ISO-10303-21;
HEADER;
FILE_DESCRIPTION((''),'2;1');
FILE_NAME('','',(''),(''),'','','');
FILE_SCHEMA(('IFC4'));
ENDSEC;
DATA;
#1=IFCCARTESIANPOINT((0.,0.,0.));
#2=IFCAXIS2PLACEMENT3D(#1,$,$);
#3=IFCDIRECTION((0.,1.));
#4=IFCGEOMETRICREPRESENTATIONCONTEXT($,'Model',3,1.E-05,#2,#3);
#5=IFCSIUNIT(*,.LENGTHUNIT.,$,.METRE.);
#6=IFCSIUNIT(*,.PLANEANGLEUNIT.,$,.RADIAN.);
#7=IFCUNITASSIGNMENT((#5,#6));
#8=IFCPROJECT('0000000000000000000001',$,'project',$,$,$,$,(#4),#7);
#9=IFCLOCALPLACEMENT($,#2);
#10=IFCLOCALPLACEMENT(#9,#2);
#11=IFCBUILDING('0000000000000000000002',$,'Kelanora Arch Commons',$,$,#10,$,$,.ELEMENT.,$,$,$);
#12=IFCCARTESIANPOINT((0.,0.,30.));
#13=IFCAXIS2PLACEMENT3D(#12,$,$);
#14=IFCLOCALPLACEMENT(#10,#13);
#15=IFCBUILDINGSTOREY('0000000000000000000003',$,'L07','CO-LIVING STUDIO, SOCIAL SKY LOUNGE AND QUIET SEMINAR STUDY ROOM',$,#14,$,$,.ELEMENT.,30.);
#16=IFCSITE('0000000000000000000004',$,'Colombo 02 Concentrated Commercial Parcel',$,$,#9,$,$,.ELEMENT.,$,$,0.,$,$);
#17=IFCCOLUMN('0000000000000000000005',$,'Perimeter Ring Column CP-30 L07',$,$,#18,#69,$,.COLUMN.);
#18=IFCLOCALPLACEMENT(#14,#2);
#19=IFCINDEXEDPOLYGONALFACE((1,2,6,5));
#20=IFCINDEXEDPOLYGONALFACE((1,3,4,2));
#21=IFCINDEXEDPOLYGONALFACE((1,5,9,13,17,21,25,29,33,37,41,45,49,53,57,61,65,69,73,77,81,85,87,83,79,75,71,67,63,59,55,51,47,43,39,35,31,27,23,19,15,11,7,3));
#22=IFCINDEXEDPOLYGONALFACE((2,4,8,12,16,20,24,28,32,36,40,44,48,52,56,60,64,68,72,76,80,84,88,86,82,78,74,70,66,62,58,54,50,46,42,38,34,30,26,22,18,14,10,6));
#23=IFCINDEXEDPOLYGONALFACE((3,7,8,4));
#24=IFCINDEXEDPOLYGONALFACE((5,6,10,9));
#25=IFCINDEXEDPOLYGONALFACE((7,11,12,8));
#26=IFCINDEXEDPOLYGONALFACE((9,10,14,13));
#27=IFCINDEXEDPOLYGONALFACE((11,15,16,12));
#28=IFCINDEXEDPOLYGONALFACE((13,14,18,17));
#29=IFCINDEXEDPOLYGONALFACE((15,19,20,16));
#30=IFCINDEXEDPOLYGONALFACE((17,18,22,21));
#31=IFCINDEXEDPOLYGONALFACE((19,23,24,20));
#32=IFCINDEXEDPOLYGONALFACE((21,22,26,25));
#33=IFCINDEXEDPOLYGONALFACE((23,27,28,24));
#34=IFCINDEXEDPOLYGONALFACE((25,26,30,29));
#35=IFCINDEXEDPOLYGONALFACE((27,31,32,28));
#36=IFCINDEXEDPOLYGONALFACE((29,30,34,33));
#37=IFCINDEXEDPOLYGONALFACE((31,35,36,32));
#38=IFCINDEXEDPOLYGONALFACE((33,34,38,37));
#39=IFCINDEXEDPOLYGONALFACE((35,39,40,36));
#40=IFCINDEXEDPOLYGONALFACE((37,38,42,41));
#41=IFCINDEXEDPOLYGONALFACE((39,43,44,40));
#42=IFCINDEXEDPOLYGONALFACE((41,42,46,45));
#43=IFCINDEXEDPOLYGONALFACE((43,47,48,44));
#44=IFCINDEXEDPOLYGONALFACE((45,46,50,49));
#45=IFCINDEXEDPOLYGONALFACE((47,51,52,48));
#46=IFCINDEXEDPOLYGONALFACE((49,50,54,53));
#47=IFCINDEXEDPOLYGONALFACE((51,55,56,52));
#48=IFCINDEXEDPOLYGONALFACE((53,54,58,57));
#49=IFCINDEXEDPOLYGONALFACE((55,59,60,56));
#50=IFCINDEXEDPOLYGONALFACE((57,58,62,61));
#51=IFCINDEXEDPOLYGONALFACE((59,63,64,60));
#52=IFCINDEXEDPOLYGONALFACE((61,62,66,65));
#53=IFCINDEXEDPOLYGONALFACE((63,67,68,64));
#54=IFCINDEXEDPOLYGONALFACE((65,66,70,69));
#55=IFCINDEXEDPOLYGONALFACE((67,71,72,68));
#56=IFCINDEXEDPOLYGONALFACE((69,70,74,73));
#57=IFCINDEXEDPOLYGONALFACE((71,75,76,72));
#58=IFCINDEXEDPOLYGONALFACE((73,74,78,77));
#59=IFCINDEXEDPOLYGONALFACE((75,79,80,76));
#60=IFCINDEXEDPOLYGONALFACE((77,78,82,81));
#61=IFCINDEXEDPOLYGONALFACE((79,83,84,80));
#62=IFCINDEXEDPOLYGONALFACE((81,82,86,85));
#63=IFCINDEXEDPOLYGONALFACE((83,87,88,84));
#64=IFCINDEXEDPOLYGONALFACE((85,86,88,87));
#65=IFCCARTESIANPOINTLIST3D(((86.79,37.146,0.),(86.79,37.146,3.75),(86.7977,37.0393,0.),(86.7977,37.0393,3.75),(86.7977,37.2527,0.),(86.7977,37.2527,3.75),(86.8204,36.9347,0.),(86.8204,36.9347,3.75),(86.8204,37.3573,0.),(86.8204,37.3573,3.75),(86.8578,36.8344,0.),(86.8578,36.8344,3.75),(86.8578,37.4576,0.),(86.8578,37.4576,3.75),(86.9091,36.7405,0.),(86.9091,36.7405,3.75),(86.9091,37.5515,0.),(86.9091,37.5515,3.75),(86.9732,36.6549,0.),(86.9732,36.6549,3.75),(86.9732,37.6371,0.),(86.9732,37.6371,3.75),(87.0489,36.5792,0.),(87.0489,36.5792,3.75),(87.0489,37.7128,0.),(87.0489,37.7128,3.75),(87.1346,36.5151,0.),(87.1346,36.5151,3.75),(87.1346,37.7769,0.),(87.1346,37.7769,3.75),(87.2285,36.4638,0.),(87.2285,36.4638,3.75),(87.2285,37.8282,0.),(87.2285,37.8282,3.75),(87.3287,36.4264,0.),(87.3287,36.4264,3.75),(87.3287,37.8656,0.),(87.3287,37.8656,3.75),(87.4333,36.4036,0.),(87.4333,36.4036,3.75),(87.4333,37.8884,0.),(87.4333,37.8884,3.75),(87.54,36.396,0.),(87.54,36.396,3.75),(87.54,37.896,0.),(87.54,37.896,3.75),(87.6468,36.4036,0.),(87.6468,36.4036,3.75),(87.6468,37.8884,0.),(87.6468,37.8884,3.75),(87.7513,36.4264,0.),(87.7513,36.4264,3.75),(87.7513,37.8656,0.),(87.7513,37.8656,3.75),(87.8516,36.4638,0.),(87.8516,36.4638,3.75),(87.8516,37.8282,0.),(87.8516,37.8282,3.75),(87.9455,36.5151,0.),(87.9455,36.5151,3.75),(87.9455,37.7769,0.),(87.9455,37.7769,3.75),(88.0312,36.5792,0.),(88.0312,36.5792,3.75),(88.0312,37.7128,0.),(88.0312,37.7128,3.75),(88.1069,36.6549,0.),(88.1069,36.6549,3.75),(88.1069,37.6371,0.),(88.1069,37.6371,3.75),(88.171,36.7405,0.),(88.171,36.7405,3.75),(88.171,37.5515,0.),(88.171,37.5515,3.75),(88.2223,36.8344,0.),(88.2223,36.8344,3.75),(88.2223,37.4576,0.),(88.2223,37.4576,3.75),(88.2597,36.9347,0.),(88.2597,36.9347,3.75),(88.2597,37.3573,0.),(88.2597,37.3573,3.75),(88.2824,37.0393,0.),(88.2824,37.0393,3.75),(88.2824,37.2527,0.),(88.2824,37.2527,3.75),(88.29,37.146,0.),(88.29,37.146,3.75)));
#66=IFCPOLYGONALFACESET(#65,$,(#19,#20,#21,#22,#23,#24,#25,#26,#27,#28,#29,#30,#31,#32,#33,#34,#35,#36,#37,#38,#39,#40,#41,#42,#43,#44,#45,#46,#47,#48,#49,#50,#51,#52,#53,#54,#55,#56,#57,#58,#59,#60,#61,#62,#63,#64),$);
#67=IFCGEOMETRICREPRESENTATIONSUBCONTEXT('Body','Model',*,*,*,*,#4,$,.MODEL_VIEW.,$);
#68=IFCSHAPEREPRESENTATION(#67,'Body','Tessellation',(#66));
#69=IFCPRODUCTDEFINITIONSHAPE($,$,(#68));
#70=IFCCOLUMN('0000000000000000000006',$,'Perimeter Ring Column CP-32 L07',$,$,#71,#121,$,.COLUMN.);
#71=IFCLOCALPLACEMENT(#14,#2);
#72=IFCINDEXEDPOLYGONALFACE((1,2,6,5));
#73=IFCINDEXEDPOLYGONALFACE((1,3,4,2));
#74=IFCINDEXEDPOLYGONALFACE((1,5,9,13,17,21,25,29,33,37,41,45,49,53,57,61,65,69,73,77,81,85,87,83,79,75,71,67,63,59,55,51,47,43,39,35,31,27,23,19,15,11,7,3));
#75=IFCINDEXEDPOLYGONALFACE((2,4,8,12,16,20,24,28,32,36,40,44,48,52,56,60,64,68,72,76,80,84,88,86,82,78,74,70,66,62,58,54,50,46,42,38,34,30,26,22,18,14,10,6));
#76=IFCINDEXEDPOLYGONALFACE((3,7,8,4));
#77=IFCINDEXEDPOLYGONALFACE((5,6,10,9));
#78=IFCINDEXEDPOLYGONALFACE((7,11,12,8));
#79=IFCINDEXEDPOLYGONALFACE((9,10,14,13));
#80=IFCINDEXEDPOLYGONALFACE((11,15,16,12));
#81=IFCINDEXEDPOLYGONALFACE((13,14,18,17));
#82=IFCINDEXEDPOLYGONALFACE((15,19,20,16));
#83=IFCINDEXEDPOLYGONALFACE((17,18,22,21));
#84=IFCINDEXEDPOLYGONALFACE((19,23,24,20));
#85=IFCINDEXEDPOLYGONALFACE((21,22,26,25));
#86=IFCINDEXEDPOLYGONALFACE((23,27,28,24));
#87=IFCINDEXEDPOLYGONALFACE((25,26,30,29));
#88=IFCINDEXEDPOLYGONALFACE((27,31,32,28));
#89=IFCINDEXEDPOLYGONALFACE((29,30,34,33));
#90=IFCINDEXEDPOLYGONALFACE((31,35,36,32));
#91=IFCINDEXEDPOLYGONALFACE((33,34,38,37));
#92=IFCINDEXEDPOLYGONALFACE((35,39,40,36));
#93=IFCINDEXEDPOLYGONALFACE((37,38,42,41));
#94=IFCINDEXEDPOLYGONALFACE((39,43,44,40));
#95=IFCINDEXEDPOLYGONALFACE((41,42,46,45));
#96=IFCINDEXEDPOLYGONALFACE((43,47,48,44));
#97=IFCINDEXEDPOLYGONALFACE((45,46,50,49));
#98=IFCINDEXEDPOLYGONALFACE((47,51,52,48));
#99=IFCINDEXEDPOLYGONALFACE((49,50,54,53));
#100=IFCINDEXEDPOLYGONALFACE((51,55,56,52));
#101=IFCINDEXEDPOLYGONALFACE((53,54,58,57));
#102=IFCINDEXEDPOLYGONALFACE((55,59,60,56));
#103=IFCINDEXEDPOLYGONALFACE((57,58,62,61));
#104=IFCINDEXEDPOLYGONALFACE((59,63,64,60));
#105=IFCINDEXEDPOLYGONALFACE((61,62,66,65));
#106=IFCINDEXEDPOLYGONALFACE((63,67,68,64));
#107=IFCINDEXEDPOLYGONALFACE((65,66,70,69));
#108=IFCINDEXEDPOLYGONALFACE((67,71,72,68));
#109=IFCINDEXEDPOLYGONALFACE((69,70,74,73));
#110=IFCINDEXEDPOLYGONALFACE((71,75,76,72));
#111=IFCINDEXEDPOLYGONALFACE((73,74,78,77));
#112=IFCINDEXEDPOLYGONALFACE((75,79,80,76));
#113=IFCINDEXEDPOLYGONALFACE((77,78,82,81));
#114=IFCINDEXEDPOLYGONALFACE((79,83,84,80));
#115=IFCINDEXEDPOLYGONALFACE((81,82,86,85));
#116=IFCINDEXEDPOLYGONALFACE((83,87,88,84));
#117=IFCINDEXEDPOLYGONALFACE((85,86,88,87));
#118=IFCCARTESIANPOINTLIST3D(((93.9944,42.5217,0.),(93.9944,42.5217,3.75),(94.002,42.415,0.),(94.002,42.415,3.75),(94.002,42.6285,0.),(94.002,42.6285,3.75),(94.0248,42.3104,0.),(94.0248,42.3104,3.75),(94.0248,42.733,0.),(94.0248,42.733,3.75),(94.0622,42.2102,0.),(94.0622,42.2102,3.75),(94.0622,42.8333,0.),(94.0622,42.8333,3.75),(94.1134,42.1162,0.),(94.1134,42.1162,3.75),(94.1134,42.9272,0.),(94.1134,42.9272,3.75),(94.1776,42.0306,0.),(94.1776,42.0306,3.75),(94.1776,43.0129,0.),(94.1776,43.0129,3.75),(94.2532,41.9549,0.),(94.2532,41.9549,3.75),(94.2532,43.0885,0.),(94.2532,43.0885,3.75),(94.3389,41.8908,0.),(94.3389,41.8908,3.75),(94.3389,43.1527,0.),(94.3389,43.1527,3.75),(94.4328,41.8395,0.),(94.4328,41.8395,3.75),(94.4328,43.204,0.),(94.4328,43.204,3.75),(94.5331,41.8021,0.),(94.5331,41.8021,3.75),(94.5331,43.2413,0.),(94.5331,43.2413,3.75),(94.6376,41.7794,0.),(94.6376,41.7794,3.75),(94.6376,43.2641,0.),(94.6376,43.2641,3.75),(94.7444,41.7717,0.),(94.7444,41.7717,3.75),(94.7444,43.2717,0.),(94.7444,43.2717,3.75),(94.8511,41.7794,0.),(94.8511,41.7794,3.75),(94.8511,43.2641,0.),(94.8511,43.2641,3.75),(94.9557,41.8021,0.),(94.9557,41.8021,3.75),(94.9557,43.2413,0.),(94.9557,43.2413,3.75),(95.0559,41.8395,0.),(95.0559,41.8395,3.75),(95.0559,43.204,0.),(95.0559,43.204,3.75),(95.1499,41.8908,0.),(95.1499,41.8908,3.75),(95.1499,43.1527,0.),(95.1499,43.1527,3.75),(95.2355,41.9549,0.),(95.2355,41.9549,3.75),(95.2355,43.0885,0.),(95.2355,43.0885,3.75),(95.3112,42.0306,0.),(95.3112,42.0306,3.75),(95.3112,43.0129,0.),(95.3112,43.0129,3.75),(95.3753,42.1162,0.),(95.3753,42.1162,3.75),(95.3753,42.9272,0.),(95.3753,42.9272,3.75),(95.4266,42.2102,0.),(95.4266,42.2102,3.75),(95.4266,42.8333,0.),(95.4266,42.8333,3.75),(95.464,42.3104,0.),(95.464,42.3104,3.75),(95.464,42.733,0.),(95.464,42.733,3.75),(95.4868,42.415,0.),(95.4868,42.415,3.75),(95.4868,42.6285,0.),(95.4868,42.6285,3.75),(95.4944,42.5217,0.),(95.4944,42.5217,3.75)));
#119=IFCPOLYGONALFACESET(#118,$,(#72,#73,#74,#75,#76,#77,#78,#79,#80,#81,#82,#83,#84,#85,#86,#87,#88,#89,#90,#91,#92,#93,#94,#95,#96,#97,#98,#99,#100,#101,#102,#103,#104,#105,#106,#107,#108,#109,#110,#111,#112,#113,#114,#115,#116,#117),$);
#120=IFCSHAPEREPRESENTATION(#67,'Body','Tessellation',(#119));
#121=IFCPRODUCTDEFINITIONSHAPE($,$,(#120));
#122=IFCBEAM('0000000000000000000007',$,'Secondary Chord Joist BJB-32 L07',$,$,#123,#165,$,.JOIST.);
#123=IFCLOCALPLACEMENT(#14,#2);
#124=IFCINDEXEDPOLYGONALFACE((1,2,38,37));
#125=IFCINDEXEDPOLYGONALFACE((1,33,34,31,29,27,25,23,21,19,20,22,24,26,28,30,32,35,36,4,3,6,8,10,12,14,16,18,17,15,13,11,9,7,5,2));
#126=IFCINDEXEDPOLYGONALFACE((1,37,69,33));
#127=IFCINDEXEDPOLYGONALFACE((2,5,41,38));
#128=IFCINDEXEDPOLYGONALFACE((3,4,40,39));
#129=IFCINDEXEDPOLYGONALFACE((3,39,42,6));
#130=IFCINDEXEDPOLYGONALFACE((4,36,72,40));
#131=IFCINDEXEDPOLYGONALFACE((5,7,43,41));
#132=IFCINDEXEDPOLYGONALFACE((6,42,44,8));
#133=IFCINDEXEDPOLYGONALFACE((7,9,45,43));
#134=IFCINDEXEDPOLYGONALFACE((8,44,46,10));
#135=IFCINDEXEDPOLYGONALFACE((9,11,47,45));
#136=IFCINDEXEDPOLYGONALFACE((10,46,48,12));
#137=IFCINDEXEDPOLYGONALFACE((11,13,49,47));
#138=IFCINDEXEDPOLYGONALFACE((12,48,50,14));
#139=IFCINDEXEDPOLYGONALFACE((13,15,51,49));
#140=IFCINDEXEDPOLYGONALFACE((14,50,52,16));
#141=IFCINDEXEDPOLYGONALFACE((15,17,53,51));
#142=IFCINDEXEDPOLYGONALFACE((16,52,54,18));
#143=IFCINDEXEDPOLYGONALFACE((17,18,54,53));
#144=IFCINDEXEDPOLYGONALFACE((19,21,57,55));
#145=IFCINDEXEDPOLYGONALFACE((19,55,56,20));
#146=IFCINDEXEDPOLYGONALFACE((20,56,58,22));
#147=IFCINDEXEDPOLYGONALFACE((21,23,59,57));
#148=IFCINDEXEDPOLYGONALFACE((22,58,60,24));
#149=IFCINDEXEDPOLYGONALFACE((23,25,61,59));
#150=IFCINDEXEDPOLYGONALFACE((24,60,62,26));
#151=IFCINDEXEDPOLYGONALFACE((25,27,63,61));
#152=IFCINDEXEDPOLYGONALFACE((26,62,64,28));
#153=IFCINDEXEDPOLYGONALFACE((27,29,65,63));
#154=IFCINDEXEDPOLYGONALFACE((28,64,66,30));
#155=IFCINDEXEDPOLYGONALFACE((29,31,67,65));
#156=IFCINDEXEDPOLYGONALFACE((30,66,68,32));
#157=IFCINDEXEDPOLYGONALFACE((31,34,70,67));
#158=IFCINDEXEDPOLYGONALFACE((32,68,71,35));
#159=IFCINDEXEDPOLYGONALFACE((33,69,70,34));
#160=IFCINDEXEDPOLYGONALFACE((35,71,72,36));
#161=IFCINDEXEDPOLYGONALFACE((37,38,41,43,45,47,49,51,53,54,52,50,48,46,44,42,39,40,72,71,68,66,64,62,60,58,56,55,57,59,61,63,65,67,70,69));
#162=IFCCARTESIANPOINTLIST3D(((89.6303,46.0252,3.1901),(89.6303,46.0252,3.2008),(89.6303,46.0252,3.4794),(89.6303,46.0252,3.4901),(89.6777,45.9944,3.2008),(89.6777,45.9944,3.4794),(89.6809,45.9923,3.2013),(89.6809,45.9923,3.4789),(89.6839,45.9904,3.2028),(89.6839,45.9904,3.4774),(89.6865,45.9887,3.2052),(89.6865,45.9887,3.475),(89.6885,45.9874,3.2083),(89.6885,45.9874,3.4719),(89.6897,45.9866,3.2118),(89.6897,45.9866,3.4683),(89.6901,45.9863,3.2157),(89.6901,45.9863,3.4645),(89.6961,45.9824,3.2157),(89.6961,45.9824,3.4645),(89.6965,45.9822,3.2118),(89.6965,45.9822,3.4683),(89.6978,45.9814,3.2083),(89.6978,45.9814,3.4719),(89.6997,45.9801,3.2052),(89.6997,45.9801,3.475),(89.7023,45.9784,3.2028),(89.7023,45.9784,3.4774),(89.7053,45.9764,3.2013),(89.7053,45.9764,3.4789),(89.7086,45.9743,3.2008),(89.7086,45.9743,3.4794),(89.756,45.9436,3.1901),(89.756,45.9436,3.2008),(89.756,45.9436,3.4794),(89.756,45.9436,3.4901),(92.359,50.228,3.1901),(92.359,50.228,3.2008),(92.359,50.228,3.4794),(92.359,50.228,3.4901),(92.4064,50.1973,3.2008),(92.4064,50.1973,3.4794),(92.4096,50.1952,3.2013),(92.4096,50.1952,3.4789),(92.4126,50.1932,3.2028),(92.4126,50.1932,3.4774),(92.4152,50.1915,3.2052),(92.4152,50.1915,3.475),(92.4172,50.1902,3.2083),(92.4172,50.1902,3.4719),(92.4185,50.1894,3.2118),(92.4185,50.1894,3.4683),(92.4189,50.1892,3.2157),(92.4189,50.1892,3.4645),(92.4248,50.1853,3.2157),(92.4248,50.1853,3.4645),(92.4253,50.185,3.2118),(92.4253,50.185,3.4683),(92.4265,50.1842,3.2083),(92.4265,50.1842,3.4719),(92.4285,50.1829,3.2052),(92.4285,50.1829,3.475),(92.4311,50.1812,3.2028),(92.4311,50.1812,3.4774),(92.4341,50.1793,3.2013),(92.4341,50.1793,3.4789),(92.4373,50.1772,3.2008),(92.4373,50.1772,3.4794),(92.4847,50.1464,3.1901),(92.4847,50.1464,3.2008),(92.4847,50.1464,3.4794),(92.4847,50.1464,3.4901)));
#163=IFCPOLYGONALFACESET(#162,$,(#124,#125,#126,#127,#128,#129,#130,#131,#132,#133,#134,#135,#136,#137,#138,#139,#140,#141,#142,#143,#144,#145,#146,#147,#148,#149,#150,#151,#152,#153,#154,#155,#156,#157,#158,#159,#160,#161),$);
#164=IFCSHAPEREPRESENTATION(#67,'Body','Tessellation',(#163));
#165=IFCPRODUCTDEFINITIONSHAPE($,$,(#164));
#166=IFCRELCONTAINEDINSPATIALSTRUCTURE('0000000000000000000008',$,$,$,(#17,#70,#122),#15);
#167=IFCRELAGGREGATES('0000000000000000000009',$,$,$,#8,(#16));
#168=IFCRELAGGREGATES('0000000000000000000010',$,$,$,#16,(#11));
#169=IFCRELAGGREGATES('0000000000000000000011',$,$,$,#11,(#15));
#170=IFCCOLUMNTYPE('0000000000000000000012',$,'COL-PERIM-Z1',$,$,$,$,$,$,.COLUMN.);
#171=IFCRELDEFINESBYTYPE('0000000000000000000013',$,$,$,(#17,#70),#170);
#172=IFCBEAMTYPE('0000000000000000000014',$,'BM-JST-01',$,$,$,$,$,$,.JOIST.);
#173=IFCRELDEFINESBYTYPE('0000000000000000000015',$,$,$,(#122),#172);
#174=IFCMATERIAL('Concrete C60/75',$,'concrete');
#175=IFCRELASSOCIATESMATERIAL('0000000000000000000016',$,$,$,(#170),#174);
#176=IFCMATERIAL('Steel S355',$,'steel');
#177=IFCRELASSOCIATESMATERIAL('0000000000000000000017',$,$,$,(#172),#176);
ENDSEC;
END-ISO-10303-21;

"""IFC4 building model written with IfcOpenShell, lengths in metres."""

from ifc_helpers import new_model, si_unit, direction, frame, origin, origin_2d, place, context, subcontext, project, spatial, circle, i_section, extrude, material, material_profile, profile_set, type_object, element, save


model = new_model("IFC4")

# Units and contexts
model_context = context("Model", 3, precision=1e-05, world=origin(), true_north=direction((0.0, 1.0)))
body_context = subcontext(model_context, "Body", "Model", "MODEL_VIEW")
ifc_project = project(units=[si_unit("LENGTHUNIT", "METRE"), si_unit("PLANEANGLEUNIT", "RADIAN")], contexts=[model_context])

# Site, building, storey
site_placement = place(None, origin())
site = spatial("IfcSite", under=ifc_project, at=site_placement, Name="Colombo 02 Concentrated Commercial Parcel", CompositionType="ELEMENT", RefElevation=0.0)
building_placement = place(site_placement, origin())
building = spatial("IfcBuilding", under=site, at=building_placement, Name="Kelanora Arch Commons", CompositionType="ELEMENT")
storey_placement = place(building_placement, frame((0.0, 0.0, 30.0)))
storey = spatial("IfcBuildingStorey", under=building, at=storey_placement, Name="L07", Description="CO-LIVING STUDIO, SOCIAL SKY LOUNGE AND QUIET SEMINAR STUDY ROOM", CompositionType="ELEMENT", Elevation=30.0)

# Columns
ifc_material_1 = material(Name="Concrete C60/75", Category="concrete")
ifc_material_profile_1 = material_profile(ifc_material_1, circle(Radius=0.75, at=origin_2d()), Name="RCC1500")
ifc_profile_set_1 = profile_set([ifc_material_profile_1], Name="Concrete C60/75")
column_type = type_object("IfcColumnType", Name="COL-PERIM-Z1", PredefinedType="COLUMN", material=ifc_profile_set_1)
for number, where, z_axis, x_axis, name in (
    (1, (87.54, 37.146, 0.0), (0.0, 0.0, 1.0), (1.0, 0.0, 0.0), "Perimeter Ring Column CP-30 L07"),
    (2, (94.7444, 42.5217, 0.0), (0.0, 0.0, 1.0), (1.0, 0.0, 0.0), "Perimeter Ring Column CP-32 L07"),
):
    element("IfcColumn", number, at=place(storey_placement, frame(where, z_axis=z_axis, x_axis=x_axis)), inside=storey, type_object=column_type, Name=name, PredefinedType="COLUMN", context=body_context, shape_type="SweptSolid", body=[
        extrude(circle(Radius=0.75, at=origin_2d()), origin(), (0.0, 0.0, 1.0), 3.75),
    ])

# Beam
ifc_material_2 = material(Name="Steel S355", Category="steel")
ifc_material_profile_2 = material_profile(ifc_material_2, i_section(OverallWidth=0.1499, OverallDepth=0.3, WebThickness=0.0071, FlangeThickness=0.0107, FilletRadius=0.0149, at=origin_2d()), Name="IPE300")
ifc_profile_set_2 = profile_set([ifc_material_profile_2], Name="Steel S355")
beam_type_1 = type_object("IfcBeamType", Name="BM-JST-01", PredefinedType="JOIST", material=ifc_profile_set_2)
beam_1_placement = place(storey_placement, frame((89.6931, 45.9844, 3.3401), z_axis=(0.544552, 0.838727, 0.0), x_axis=(-0.838727, 0.544552, 0.0)))
element("IfcBeam", 3, at=beam_1_placement, inside=storey, type_object=beam_type_1, Name="Secondary Chord Joist BJB-32 L07", PredefinedType="JOIST", context=body_context, shape_type="SweptSolid", body=[
    extrude(i_section(OverallWidth=0.1499, OverallDepth=0.3, WebThickness=0.0071, FlangeThickness=0.0107, FilletRadius=0.0149, at=origin_2d()), origin(), (0.0, 0.0, 1.0), 5.011),
])

save(model, "model.ifc")
